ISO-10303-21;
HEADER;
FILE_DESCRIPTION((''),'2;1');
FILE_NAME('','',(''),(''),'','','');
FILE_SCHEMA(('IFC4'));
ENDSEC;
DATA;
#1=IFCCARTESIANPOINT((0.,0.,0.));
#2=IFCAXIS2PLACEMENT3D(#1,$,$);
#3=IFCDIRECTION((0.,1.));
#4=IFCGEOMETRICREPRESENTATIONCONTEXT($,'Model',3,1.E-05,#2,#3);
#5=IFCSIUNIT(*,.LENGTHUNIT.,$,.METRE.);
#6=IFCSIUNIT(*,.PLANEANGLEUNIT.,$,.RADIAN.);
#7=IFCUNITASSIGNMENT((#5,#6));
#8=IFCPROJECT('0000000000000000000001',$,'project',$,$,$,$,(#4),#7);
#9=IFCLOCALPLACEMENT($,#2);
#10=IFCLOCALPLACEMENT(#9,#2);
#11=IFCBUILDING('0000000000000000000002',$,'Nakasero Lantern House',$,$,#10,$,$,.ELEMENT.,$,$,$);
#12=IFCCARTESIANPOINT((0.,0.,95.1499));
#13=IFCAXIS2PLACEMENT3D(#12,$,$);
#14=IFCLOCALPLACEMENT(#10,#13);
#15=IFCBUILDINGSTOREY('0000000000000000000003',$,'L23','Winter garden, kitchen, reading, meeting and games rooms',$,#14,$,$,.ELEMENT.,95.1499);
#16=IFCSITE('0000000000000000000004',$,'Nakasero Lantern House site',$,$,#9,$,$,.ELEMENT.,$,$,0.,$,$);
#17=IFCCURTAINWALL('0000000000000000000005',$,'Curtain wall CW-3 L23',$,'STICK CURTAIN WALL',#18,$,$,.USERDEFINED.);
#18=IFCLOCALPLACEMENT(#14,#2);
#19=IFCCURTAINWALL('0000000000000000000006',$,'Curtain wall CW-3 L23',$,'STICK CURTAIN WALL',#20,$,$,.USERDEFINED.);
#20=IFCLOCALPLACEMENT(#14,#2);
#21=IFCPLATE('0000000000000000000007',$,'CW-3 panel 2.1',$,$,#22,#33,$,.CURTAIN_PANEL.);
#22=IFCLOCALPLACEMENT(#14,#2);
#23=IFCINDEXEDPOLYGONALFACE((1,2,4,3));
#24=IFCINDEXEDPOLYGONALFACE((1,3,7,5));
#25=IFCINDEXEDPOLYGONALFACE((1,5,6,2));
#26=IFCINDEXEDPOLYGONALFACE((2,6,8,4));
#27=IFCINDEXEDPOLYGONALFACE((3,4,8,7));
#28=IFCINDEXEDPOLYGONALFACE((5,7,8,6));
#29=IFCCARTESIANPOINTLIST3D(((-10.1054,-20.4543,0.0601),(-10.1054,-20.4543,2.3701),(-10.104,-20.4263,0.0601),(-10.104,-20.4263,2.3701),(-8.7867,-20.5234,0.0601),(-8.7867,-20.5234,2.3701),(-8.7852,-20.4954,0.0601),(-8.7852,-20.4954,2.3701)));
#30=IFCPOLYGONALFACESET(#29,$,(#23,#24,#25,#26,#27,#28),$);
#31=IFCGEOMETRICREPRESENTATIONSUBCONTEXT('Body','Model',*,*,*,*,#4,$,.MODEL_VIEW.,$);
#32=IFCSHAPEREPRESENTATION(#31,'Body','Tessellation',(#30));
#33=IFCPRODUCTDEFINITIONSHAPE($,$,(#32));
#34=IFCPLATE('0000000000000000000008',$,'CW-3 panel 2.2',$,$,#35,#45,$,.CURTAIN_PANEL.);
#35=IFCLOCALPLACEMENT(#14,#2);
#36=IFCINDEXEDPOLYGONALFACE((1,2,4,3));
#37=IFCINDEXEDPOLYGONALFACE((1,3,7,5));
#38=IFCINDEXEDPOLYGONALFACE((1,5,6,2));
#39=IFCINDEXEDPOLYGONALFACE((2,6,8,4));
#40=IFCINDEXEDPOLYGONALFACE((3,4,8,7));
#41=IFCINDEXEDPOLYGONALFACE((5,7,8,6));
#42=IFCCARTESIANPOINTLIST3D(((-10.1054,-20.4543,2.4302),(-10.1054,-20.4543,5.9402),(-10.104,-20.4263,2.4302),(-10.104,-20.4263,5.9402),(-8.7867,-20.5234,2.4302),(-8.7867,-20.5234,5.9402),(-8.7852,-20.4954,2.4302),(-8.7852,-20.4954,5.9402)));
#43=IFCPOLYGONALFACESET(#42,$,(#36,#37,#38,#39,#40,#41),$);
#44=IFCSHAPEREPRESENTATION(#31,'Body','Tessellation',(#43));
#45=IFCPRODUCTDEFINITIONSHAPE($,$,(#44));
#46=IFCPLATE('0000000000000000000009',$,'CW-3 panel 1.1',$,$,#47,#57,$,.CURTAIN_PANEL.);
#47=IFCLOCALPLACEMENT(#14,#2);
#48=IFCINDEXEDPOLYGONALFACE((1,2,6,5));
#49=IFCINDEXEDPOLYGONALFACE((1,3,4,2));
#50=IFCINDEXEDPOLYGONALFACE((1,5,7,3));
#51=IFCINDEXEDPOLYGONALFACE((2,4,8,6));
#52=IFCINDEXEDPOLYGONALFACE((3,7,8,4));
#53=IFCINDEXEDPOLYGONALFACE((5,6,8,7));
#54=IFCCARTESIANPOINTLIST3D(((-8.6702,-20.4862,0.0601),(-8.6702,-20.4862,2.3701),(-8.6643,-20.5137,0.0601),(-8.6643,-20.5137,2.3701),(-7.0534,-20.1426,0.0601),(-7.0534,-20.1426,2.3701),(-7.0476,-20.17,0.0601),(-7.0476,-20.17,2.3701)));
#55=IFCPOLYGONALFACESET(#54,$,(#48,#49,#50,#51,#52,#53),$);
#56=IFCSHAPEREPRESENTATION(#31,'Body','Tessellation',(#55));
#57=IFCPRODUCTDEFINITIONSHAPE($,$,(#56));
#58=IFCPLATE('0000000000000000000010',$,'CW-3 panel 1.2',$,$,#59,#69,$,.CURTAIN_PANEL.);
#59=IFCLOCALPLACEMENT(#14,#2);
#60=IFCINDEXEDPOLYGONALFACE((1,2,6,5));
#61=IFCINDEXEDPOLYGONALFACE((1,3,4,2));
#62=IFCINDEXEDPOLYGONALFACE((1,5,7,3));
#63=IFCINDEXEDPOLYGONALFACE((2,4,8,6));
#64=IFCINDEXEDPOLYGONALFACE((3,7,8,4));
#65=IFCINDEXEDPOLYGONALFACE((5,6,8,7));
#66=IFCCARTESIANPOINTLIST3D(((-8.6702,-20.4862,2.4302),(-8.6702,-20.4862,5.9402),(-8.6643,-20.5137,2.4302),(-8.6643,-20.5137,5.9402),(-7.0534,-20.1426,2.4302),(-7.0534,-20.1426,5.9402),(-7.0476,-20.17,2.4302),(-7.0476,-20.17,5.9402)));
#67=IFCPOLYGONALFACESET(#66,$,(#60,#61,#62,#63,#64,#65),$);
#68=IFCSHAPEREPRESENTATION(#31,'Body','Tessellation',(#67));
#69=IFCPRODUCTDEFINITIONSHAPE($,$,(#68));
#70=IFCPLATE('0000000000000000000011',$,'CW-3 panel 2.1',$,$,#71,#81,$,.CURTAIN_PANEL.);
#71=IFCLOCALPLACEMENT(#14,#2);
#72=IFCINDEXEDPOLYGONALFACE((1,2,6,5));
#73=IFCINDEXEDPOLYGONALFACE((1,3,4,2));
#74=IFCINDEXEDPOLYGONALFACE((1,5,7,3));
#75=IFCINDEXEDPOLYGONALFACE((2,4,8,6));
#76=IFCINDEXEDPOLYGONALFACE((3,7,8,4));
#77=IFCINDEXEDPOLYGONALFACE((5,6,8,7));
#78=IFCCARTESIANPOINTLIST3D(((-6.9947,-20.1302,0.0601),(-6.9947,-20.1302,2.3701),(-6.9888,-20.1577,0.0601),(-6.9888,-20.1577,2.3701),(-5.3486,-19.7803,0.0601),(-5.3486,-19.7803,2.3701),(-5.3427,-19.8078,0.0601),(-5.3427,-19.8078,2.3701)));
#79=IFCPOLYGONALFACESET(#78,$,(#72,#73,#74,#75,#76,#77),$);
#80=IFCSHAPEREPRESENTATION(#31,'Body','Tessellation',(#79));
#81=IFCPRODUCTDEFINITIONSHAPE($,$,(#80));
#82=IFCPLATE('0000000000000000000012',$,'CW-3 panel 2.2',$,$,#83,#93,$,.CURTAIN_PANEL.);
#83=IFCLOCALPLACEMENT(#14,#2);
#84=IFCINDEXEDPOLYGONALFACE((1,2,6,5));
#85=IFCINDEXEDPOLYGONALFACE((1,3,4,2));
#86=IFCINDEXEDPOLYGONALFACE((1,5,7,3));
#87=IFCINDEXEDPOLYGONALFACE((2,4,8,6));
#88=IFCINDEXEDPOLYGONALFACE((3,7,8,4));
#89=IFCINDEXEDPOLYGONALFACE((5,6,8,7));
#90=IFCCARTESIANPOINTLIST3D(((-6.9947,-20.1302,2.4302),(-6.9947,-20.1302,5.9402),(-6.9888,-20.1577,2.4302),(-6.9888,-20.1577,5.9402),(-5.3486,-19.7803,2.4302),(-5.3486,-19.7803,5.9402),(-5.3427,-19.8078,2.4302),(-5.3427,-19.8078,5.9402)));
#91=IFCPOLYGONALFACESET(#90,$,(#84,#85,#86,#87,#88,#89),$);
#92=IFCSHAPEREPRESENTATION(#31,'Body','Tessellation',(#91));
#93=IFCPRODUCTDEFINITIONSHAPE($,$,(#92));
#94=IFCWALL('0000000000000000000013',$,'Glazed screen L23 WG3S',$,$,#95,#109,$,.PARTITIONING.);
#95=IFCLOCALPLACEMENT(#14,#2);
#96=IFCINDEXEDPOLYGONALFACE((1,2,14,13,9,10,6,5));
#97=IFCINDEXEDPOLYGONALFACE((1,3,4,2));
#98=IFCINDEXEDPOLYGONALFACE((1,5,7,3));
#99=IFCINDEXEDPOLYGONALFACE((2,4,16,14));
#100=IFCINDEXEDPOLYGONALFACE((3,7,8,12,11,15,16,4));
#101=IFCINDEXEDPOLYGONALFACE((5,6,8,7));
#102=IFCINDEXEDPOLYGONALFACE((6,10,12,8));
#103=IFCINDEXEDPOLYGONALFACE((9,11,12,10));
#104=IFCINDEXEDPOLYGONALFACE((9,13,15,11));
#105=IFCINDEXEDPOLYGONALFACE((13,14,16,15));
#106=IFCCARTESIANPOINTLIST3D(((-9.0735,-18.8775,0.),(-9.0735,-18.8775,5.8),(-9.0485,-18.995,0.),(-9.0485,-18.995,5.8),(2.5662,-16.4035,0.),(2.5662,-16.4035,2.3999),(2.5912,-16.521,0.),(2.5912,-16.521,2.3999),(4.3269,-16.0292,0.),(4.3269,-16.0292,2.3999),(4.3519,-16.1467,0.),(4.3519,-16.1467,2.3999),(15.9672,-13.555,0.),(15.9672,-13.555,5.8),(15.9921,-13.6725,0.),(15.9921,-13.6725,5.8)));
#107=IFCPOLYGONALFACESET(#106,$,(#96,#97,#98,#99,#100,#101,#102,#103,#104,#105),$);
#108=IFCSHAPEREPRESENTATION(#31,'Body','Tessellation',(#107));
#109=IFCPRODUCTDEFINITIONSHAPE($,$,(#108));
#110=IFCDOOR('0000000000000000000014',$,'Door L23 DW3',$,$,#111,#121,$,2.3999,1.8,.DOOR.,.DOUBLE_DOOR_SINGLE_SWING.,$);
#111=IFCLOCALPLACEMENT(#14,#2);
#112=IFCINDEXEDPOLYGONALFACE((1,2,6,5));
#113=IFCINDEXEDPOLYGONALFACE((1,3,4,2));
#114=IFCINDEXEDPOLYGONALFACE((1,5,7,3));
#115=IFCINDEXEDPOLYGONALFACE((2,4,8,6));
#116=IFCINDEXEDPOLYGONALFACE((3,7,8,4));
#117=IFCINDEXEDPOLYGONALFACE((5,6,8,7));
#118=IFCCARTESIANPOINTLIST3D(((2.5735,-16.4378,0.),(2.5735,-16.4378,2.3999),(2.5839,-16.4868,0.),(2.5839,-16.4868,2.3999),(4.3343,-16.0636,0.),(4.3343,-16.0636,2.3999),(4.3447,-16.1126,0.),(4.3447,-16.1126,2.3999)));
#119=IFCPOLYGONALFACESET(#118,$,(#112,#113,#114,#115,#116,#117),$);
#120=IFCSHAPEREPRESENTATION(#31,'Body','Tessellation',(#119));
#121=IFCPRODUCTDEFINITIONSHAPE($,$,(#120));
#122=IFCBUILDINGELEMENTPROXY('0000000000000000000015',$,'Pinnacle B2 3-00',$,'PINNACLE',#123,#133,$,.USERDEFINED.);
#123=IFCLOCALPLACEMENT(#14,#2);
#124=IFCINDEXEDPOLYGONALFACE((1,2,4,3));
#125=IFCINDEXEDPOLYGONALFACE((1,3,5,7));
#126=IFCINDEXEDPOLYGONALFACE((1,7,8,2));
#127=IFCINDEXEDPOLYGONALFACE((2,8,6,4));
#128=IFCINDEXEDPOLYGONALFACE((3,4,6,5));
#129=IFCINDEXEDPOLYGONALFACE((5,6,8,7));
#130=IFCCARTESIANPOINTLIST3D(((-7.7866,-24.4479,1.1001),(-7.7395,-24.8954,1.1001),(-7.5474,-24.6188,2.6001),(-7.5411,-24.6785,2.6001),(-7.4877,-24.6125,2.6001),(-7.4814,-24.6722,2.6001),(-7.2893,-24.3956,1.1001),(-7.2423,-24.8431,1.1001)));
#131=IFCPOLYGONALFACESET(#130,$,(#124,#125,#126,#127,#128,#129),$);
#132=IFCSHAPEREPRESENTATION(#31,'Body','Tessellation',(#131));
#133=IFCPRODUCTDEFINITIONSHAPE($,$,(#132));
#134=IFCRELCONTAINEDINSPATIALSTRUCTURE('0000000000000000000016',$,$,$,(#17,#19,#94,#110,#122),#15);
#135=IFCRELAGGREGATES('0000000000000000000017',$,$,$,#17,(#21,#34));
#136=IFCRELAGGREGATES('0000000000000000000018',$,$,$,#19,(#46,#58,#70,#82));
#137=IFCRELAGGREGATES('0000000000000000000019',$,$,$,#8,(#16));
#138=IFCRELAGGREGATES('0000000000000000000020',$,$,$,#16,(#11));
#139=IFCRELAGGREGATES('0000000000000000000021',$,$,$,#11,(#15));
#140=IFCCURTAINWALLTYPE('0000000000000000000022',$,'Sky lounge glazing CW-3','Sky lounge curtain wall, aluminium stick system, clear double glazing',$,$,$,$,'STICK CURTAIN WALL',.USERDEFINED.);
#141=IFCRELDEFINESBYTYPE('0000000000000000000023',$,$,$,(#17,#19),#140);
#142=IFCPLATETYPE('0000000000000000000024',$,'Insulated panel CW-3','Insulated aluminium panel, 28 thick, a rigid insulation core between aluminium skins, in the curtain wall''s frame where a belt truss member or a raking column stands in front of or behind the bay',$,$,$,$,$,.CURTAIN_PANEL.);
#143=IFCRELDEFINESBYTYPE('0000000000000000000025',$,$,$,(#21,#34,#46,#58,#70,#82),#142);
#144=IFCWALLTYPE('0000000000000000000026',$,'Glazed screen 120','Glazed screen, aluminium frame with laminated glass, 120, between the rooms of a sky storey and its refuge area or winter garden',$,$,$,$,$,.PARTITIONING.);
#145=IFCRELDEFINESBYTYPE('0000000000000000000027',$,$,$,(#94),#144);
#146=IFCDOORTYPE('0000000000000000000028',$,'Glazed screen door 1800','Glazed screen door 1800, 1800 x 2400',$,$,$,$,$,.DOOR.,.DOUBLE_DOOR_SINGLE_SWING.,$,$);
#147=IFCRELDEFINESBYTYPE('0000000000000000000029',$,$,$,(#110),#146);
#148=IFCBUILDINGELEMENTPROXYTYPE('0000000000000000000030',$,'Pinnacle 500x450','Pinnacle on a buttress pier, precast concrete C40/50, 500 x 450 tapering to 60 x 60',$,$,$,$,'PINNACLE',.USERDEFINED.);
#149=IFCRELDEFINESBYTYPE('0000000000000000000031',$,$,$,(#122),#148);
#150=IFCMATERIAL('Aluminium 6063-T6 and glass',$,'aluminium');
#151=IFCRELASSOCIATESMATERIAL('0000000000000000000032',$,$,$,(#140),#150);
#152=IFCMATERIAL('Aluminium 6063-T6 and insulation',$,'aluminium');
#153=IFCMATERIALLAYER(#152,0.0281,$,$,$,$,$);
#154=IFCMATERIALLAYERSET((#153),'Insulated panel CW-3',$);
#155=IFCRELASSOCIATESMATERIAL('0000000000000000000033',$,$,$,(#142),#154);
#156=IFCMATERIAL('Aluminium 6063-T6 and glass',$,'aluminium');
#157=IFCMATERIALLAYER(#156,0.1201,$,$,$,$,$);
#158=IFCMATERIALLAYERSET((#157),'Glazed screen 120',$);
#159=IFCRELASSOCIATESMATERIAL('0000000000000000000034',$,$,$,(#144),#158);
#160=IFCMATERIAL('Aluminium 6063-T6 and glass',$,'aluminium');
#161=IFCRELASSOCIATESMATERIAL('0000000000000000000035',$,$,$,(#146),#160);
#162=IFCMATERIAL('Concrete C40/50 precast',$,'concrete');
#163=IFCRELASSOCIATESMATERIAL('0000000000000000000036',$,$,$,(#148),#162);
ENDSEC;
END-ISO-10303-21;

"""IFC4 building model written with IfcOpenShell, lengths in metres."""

from ifc_helpers import new_model, entity, si_unit, direction, frame, frame_2d, origin, origin_2d, place, context, subcontext, project, spatial, rectangle, extrude, material, layer, layer_set, type_object, element, fill, aggregate, save


model = new_model("IFC4")

# Units and contexts
model_context = context("Model", 3, precision=1e-05, world=origin(), true_north=direction((0.0, 1.0)))
body_context = subcontext(model_context, "Body", "Model", "MODEL_VIEW")
ifc_project = project(units=[si_unit("LENGTHUNIT", "METRE"), si_unit("PLANEANGLEUNIT", "RADIAN")], contexts=[model_context])

# Site, building, storey
site_placement = place(None, origin())
site = spatial("IfcSite", under=ifc_project, at=site_placement, Name="Nakasero Lantern House site", CompositionType="ELEMENT", RefElevation=0.0)
building_placement = place(site_placement, origin())
building = spatial("IfcBuilding", under=site, at=building_placement, Name="Nakasero Lantern House", CompositionType="ELEMENT")
storey_placement = place(building_placement, frame((0.0, 0.0, 95.1499)))
storey = spatial("IfcBuildingStorey", under=building, at=storey_placement, Name="L23", Description="Winter garden, kitchen, reading, meeting and games rooms", CompositionType="ELEMENT", Elevation=95.1499)

# Curtain wall
ifc_material_1 = material(Name="Aluminium 6063-T6 and glass", Category="aluminium")
curtain_wall_type = type_object("IfcCurtainWallType", Name="Sky lounge glazing CW-3", Description="Sky lounge curtain wall, aluminium stick system, clear double glazing", ElementType="STICK CURTAIN WALL", PredefinedType="USERDEFINED", material=ifc_material_1)
curtain_wall_1_placement = place(storey_placement, origin())
curtain_wall_1 = element("IfcCurtainWall", 1, at=curtain_wall_1_placement, inside=storey, type_object=curtain_wall_type, Name="Curtain wall CW-3 L23", ObjectType="STICK CURTAIN WALL", PredefinedType="USERDEFINED")

# Curtain wall
curtain_wall_2_placement = place(storey_placement, origin())
curtain_wall_2 = element("IfcCurtainWall", 2, at=curtain_wall_2_placement, inside=storey, type_object=curtain_wall_type, Name="Curtain wall CW-3 L23", ObjectType="STICK CURTAIN WALL", PredefinedType="USERDEFINED")

# Plates
ifc_material_2 = material(Name="Aluminium 6063-T6 and insulation", Category="aluminium")
ifc_layer_1 = layer(ifc_material_2, 0.0281)
ifc_layer_set_1 = layer_set([ifc_layer_1], Name="Insulated panel CW-3")
plate_type = type_object("IfcPlateType", Name="Insulated panel CW-3", Description="Insulated aluminium panel, 28 thick, a rigid insulation core between aluminium skins, in the curtain wall's frame where a belt truss member or a raking column stands in front of or behind the bay", PredefinedType="CURTAIN_PANEL", material=ifc_layer_set_1)
plate_1_placement = place(storey_placement, frame((-9.4453, -20.4749, 0.0601), z_axis=(0.0, 0.0, 1.0), x_axis=(0.99863, -0.052336, 0.0)))
plate_1 = element("IfcPlate", 3, at=plate_1_placement, type_object=plate_type, Name="CW-3 panel 2.1", PredefinedType="CURTAIN_PANEL", context=body_context, shape_type="SweptSolid", body=[
    extrude(rectangle(XDim=1.3206, YDim=0.0281, at=origin_2d()), origin(), (0.0, 0.0, 1.0), 2.3101),
])
plate_2_placement = place(storey_placement, frame((-9.4453, -20.4749, 2.4302), z_axis=(0.0, 0.0, 1.0), x_axis=(0.99863, -0.052336, 0.0)))
plate_2 = element("IfcPlate", 4, at=plate_2_placement, type_object=plate_type, Name="CW-3 panel 2.2", PredefinedType="CURTAIN_PANEL", context=body_context, shape_type="SweptSolid", body=[
    extrude(rectangle(XDim=1.3206, YDim=0.0281, at=origin_2d()), origin(), (0.0, 0.0, 1.0), 3.51),
])
aggregate(curtain_wall_1, [plate_1, plate_2])
plate_3_placement = place(storey_placement, frame((-7.8589, -20.3281, 0.0601), z_axis=(0.0, 0.0, 1.0), x_axis=(0.978148, 0.207912, 0.0)))
plate_3 = element("IfcPlate", 5, at=plate_3_placement, type_object=plate_type, Name="CW-3 panel 1.1", PredefinedType="CURTAIN_PANEL", context=body_context, shape_type="SweptSolid", body=[
    extrude(rectangle(XDim=1.6528, YDim=0.0281, at=origin_2d()), origin(), (0.0, 0.0, 1.0), 2.3101),
])
plate_4_placement = place(storey_placement, frame((-7.8589, -20.3281, 2.4302), z_axis=(0.0, 0.0, 1.0), x_axis=(0.978148, 0.207912, 0.0)))
plate_4 = element("IfcPlate", 6, at=plate_4_placement, type_object=plate_type, Name="CW-3 panel 1.2", PredefinedType="CURTAIN_PANEL", context=body_context, shape_type="SweptSolid", body=[
    extrude(rectangle(XDim=1.6528, YDim=0.0281, at=origin_2d()), origin(), (0.0, 0.0, 1.0), 3.51),
])
plate_5_placement = place(storey_placement, frame((-6.1687, -19.969, 0.0601), z_axis=(0.0, 0.0, 1.0), x_axis=(0.978148, 0.207912, 0.0)))
plate_5 = element("IfcPlate", 7, at=plate_5_placement, type_object=plate_type, Name="CW-3 panel 2.1", PredefinedType="CURTAIN_PANEL", context=body_context, shape_type="SweptSolid", body=[
    extrude(rectangle(XDim=1.6829, YDim=0.0281, at=origin_2d()), origin(), (0.0, 0.0, 1.0), 2.3101),
])
plate_6_placement = place(storey_placement, frame((-6.1687, -19.969, 2.4302), z_axis=(0.0, 0.0, 1.0), x_axis=(0.978148, 0.207912, 0.0)))
plate_6 = element("IfcPlate", 8, at=plate_6_placement, type_object=plate_type, Name="CW-3 panel 2.2", PredefinedType="CURTAIN_PANEL", context=body_context, shape_type="SweptSolid", body=[
    extrude(rectangle(XDim=1.6829, YDim=0.0281, at=origin_2d()), origin(), (0.0, 0.0, 1.0), 3.51),
])
aggregate(curtain_wall_2, [plate_3, plate_4, plate_5, plate_6])

# Wall, opening, door
ifc_material_3 = material(Name="Aluminium 6063-T6 and glass", Category="aluminium")
ifc_layer_2 = layer(ifc_material_3, 0.1201)
ifc_layer_set_2 = layer_set([ifc_layer_2], Name="Glazed screen 120")
wall_type = type_object("IfcWallType", Name="Glazed screen 120", Description="Glazed screen, aluminium frame with laminated glass, 120, between the rooms of a sky storey and its refuge area or winter garden", PredefinedType="PARTITIONING", material=ifc_layer_set_2)
wall_placement = place(storey_placement, frame((-9.061, -18.9363, 0.0), z_axis=(0.0, 0.0, 1.0), x_axis=(0.978148, 0.207909, 0.0)))
wall = element("IfcWall", 9, at=wall_placement, inside=storey, type_object=wall_type, Name="Glazed screen L23 WG3S", PredefinedType="PARTITIONING", context=body_context, shape_type="SweptSolid", body=[
    extrude(rectangle(XDim=25.6001, YDim=0.1201, at=frame_2d((12.8, 0.0))), origin(), (0.0, 0.0, 1.0), 5.8),
])
opening_placement = place(wall_placement, frame((11.8999, 0.0, 0.0)))
opening = element("IfcOpeningElement", 10, at=opening_placement, cuts=wall, PredefinedType="OPENING", context=body_context, shape_type="SweptSolid", body=[
    extrude(rectangle(XDim=1.8, YDim=2.3999, at=frame_2d((0.8999, 1.2))), frame((0.0, 0.0801, 0.0), z_axis=(0.0, -1.0, 0.0), x_axis=(1.0, 0.0, 0.0)), (0.0, 0.0, 1.0), 0.1602),
])
ifc_material_4 = material(Name="Aluminium 6063-T6 and glass", Category="aluminium")
door_type = type_object("IfcDoorType", Name="Glazed screen door 1800", Description="Glazed screen door 1800, 1800 x 2400", OperationType="DOUBLE_DOOR_SINGLE_SWING", PredefinedType="DOOR", material=ifc_material_4)
door_placement = place(opening_placement, origin())
door = element("IfcDoor", 11, at=door_placement, inside=storey, type_object=door_type, Name="Door L23 DW3", OperationType="DOUBLE_DOOR_SINGLE_SWING", OverallHeight=2.3999, OverallWidth=1.8, PredefinedType="DOOR", context=body_context, shape_type="SweptSolid", body=[
    extrude(rectangle(XDim=1.8, YDim=2.3999, at=frame_2d((0.8999, 1.2))), frame((0.0, 0.0249, 0.0), z_axis=(0.0, -1.0, 0.0), x_axis=(1.0, 0.0, 0.0)), (0.0, 0.0, 1.0), 0.05),
])
fill(opening, door)

# Building element proxy
ifc_material_5 = material(Name="Concrete C40/50 precast", Category="concrete")
building_element_proxy_type = type_object("IfcBuildingElementProxyType", Name="Pinnacle 500x450", Description="Pinnacle on a buttress pier, precast concrete C40/50, 500 x 450 tapering to 60 x 60", ElementType="PINNACLE", PredefinedType="USERDEFINED", material=ifc_material_5)
proxy_placement = place(storey_placement, frame((-7.5144, -24.6455, 1.1001), z_axis=(0.0, 0.0, 1.0), x_axis=(0.104528, -0.994522, 0.0)))
element("IfcBuildingElementProxy", 12, at=proxy_placement, inside=storey, type_object=building_element_proxy_type, Name="Pinnacle B2 3-00", ObjectType="PINNACLE", PredefinedType="USERDEFINED", context=body_context, shape_type="SweptSolid", body=[
    entity("IfcExtrudedAreaSolidTapered", entity("IfcRectangleProfileDef", "AREA", None, entity("IfcAxis2Placement2D", entity("IfcCartesianPoint", [0.0, 0.0])), 0.45, 0.5), entity("IfcAxis2Placement3D", entity("IfcCartesianPoint", [0.0, 0.0, 0.0])), entity("IfcDirection", [0.0, 0.0, 1.0]), 1.5, entity("IfcRectangleProfileDef", "AREA", None, entity("IfcAxis2Placement2D", entity("IfcCartesianPoint", [0.0, 0.0])), 0.0601, 0.0601)),
])

save(model, "model.ifc")
